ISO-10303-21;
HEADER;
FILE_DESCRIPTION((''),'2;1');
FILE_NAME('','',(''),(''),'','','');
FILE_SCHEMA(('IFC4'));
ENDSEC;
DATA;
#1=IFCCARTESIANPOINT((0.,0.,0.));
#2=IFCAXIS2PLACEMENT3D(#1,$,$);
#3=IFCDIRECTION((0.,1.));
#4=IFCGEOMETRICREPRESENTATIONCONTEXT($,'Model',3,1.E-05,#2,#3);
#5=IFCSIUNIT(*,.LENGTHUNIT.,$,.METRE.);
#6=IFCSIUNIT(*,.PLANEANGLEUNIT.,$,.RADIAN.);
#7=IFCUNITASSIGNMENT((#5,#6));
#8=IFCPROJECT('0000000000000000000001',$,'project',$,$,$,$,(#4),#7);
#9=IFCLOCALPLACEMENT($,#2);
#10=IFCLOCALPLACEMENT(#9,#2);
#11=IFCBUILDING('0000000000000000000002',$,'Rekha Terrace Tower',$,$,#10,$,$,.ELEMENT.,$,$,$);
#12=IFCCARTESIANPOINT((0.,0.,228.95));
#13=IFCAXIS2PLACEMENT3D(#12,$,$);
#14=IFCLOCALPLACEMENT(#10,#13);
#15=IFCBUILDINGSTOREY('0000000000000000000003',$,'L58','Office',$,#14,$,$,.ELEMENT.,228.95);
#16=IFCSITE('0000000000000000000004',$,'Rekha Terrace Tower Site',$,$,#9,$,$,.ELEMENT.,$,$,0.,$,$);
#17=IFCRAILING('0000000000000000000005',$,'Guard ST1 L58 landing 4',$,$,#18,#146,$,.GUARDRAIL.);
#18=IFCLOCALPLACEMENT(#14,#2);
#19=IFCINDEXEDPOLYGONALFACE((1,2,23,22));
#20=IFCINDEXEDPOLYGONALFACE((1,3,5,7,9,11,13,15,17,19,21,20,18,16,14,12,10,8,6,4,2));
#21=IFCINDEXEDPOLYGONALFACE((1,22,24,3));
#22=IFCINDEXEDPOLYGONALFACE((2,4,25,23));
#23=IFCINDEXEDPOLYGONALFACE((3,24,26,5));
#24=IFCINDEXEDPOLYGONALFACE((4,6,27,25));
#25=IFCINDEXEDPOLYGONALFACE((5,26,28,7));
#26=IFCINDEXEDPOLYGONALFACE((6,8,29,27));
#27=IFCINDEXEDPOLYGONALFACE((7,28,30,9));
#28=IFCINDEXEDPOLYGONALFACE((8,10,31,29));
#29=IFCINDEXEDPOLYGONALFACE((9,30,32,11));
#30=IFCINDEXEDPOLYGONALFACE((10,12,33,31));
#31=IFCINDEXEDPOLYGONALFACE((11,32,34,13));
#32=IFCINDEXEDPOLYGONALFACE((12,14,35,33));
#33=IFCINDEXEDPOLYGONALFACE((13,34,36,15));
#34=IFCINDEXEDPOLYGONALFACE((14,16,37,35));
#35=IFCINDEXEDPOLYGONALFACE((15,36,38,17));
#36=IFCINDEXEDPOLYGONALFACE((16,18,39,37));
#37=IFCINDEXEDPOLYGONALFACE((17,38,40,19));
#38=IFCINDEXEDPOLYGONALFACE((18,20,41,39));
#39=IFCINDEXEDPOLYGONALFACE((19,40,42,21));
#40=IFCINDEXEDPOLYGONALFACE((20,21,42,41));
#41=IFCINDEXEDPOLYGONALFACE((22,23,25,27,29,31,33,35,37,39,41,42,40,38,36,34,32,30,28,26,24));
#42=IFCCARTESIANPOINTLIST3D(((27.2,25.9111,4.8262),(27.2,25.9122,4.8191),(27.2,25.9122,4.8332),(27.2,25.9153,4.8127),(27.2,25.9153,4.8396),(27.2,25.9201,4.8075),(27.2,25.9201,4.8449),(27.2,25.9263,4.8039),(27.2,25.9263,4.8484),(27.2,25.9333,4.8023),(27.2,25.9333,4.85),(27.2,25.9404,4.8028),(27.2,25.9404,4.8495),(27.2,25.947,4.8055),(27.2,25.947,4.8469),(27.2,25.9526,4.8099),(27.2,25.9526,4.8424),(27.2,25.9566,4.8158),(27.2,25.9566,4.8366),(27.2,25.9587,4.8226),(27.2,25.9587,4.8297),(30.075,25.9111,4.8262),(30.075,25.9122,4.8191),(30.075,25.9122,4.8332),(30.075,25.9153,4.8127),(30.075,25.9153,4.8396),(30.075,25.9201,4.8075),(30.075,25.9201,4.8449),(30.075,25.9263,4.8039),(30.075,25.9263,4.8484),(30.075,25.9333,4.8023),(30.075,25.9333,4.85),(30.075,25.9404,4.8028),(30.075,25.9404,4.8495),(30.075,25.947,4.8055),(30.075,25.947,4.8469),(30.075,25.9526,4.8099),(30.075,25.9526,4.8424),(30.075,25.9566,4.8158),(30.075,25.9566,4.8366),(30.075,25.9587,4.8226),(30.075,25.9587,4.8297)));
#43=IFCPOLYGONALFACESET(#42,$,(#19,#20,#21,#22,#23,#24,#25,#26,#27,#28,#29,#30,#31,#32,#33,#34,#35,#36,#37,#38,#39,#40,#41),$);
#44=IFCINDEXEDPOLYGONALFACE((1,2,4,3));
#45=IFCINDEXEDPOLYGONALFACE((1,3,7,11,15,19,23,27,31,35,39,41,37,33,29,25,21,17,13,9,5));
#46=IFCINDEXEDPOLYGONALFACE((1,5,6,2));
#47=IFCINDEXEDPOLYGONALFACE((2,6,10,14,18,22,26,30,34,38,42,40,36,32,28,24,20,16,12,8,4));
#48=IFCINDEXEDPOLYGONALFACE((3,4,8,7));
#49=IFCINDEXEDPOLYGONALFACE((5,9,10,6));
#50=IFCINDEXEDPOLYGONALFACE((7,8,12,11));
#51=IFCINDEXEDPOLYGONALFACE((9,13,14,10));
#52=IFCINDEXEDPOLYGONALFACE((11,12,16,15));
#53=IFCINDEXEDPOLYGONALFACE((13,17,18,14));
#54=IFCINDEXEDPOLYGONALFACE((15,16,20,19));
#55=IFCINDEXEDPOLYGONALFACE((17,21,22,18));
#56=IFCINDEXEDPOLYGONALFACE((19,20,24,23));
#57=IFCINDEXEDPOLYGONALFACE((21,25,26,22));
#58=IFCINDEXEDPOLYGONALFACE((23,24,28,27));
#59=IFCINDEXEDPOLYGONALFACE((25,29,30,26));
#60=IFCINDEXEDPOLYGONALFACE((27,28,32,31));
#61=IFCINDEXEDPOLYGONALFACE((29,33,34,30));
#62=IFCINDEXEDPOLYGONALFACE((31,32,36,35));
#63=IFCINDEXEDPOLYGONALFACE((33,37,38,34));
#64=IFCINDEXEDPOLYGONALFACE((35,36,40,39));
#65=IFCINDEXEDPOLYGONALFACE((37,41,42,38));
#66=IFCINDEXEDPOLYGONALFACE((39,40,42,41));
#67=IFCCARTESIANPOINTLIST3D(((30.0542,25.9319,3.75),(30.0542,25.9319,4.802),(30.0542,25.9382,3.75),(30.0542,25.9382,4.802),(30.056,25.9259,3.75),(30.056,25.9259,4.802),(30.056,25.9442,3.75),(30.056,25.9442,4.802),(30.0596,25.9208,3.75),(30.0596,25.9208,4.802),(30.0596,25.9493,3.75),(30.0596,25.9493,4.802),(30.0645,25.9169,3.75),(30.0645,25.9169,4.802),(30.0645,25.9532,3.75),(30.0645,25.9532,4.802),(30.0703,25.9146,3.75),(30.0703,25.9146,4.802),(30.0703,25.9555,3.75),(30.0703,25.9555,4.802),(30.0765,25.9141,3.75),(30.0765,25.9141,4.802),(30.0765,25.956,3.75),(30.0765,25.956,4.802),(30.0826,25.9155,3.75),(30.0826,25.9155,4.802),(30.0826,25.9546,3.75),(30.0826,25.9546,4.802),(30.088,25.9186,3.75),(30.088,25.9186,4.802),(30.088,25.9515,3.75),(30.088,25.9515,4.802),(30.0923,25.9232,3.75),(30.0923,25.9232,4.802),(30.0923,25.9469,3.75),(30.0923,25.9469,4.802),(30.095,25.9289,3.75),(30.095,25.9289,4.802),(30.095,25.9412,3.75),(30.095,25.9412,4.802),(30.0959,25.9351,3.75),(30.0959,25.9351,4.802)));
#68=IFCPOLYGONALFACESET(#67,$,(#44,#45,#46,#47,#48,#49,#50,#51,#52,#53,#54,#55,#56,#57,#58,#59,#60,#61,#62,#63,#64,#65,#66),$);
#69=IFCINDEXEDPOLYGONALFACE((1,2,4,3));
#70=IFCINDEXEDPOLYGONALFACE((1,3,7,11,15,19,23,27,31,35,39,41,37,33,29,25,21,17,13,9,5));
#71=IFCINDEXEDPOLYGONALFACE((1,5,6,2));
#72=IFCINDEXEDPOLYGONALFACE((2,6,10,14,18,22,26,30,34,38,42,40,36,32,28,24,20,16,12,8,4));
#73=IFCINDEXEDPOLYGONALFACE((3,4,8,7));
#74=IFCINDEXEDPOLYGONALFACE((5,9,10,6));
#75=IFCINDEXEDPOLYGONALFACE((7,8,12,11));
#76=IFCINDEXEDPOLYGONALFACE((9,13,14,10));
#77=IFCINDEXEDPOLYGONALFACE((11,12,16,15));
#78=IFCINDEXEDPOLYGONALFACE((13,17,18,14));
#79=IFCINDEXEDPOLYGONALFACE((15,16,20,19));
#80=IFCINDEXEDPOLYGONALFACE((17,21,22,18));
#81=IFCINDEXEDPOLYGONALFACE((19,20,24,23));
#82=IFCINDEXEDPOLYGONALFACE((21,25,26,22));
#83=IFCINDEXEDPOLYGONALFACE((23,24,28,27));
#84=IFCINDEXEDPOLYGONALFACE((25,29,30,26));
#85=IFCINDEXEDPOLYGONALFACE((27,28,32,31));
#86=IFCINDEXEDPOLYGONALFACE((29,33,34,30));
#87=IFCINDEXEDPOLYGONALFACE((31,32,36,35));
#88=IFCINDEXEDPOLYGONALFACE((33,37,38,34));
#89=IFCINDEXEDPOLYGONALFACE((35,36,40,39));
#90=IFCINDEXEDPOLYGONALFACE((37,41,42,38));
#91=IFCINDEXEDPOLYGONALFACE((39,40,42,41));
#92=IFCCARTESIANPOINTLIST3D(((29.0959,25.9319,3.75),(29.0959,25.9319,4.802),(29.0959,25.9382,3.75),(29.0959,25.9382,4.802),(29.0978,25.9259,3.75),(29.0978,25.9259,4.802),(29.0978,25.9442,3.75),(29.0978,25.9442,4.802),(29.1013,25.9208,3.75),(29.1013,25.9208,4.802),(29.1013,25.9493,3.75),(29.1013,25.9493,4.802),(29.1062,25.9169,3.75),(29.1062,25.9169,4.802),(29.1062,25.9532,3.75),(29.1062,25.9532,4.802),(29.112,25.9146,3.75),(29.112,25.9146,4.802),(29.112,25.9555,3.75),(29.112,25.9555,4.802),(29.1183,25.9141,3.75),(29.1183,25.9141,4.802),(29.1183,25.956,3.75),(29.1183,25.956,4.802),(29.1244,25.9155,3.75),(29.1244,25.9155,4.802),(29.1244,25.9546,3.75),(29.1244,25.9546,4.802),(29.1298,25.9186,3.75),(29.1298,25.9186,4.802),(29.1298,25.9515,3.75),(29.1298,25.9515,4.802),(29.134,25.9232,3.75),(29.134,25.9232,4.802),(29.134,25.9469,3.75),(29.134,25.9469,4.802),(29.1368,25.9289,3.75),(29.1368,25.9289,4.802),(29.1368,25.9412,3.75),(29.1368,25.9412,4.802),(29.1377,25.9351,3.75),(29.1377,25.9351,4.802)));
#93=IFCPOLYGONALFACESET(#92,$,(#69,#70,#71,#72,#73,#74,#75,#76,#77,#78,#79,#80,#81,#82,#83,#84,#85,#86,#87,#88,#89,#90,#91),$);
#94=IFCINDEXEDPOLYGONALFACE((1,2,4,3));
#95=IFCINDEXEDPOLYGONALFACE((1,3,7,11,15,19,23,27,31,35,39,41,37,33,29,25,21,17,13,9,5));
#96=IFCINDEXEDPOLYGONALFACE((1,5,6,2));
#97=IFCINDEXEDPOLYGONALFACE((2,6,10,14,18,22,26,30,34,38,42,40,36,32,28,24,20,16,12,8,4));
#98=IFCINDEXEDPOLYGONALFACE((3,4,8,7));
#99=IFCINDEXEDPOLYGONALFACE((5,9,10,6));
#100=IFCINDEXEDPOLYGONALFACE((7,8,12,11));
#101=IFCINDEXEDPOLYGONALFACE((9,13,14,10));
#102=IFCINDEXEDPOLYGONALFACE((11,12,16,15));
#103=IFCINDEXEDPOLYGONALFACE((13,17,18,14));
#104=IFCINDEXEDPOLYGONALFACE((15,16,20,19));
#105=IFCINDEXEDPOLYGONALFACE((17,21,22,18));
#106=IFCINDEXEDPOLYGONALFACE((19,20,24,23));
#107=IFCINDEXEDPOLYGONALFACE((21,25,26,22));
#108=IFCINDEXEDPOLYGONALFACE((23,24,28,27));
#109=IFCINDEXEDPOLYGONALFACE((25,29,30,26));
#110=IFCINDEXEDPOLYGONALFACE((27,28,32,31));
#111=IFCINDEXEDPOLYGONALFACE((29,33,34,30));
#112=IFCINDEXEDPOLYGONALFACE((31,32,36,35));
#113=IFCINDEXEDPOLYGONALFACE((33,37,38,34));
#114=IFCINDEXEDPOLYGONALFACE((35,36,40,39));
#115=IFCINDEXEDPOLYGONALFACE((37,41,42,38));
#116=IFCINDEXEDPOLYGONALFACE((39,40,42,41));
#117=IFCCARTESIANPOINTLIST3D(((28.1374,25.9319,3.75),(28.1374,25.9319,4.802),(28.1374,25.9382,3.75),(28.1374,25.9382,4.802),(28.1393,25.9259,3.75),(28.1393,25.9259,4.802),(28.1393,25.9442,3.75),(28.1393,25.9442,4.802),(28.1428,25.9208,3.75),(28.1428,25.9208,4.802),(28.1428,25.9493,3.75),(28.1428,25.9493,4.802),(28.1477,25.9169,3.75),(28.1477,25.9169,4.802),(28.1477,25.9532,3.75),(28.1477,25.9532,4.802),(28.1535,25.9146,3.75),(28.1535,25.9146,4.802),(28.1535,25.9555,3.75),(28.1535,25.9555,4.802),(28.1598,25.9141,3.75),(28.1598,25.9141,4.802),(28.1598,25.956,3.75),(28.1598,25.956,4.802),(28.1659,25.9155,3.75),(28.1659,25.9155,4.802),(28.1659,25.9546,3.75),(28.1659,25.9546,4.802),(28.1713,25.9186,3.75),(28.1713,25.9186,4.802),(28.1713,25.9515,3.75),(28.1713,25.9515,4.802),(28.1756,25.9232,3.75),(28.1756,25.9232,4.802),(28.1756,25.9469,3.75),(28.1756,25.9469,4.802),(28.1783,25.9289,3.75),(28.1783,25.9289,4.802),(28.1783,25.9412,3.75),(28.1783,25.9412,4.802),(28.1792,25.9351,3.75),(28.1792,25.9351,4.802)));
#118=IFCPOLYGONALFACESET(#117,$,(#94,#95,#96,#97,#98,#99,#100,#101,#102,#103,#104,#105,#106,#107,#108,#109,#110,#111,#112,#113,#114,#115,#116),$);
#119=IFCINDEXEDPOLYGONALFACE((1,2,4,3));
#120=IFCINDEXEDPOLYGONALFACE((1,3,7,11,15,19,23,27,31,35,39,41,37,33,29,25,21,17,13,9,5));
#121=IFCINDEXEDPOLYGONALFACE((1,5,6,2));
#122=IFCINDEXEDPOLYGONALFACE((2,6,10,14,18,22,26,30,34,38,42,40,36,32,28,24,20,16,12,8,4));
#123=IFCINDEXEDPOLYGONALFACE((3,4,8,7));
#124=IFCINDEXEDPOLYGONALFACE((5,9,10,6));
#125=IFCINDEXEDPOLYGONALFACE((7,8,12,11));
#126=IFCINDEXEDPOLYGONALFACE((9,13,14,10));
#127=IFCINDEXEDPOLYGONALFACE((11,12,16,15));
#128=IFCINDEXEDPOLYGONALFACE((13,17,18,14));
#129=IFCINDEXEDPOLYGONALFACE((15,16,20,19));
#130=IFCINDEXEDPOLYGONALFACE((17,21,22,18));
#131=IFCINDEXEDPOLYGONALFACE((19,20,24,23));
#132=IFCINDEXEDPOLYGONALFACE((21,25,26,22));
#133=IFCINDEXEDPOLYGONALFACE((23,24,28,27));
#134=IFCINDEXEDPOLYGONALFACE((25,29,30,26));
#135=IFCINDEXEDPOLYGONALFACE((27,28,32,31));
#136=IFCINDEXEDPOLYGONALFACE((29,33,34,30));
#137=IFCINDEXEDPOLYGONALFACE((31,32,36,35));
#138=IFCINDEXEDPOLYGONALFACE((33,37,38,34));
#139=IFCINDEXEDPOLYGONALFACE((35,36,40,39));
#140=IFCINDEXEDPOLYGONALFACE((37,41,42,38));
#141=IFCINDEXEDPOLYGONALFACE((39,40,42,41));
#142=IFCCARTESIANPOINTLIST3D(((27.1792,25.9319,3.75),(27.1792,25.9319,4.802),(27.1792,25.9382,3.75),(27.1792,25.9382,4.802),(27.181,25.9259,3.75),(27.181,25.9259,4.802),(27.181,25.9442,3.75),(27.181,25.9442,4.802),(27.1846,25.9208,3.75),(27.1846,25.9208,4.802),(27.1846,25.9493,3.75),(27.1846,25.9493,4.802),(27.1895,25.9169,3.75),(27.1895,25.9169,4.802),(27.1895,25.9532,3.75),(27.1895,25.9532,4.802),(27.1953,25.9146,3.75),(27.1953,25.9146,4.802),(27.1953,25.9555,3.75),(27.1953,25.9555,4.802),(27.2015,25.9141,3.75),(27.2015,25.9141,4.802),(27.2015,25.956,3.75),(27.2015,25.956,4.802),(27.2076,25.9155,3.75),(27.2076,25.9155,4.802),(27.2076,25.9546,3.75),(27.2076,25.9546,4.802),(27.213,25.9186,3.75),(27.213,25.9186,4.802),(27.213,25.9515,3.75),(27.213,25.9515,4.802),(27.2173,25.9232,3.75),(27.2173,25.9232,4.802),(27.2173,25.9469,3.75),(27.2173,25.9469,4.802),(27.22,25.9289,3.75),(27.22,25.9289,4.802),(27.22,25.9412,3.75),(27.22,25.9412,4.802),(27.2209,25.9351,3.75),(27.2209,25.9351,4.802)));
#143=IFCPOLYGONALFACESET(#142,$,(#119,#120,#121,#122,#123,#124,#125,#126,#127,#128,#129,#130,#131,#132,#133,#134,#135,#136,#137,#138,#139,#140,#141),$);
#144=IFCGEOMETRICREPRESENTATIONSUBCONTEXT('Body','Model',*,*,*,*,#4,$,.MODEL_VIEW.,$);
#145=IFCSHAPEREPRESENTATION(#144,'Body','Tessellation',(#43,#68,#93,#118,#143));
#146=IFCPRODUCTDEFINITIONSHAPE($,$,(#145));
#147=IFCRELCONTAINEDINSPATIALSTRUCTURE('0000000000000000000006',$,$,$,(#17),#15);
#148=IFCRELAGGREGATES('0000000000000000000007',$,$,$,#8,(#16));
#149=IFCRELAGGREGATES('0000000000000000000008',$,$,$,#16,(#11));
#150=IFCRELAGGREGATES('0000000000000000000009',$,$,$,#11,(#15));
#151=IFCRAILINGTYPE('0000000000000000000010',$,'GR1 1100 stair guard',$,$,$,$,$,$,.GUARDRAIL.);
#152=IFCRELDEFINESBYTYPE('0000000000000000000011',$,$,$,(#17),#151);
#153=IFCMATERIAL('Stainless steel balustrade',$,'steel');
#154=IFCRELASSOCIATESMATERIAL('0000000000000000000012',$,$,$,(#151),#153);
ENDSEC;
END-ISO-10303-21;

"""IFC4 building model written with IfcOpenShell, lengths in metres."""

from ifc_helpers import new_model, si_unit, direction, frame, origin, origin_2d, place, context, subcontext, project, spatial, circle, extrude, material, type_object, element, save


model = new_model("IFC4")

# Units and contexts
model_context = context("Model", 3, precision=1e-05, world=origin(), true_north=direction((0.0, 1.0)))
body_context = subcontext(model_context, "Body", "Model", "MODEL_VIEW")
ifc_project = project(units=[si_unit("LENGTHUNIT", "METRE"), si_unit("PLANEANGLEUNIT", "RADIAN")], contexts=[model_context])

# Site, building, storey
site_placement = place(None, origin())
site = spatial("IfcSite", under=ifc_project, at=site_placement, Name="Rekha Terrace Tower Site", CompositionType="ELEMENT", RefElevation=0.0)
building_placement = place(site_placement, origin())
building = spatial("IfcBuilding", under=site, at=building_placement, Name="Rekha Terrace Tower", CompositionType="ELEMENT")
storey_placement = place(building_placement, frame((0.0, 0.0, 228.95)))
storey = spatial("IfcBuildingStorey", under=building, at=storey_placement, Name="L58", Description="Office", CompositionType="ELEMENT", Elevation=228.95)

# Railing
ifc_material_1 = material(Name="Stainless steel balustrade", Category="steel")
railing_type_1 = type_object("IfcRailingType", Name="GR1 1100 stair guard", PredefinedType="GUARDRAIL", material=ifc_material_1)
railing_1_placement = place(storey_placement, frame((30.075, 25.9351, 3.75)))
element("IfcRailing", 1, at=railing_1_placement, inside=storey, type_object=railing_type_1, Name="Guard ST1 L58 landing 4", PredefinedType="GUARDRAIL", context=body_context, shape_type="SweptSolid", body=[
    extrude(circle(Radius=0.0239, at=origin_2d()), frame((0.0, 0.0, 1.0762), z_axis=(-1.0, 0.0, 0.0), x_axis=(0.0, -1.0, 0.0)), (0.0, 0.0, 1.0), 2.875),
    extrude(circle(Radius=0.021, at=origin_2d()), origin(), (0.0, 0.0, 1.0), 1.052),
    extrude(circle(Radius=0.021, at=origin_2d()), frame((-0.9583, 0.0, 0.0)), (0.0, 0.0, 1.0), 1.052),
    extrude(circle(Radius=0.021, at=origin_2d()), frame((-1.9167, 0.0, 0.0)), (0.0, 0.0, 1.0), 1.052),
    extrude(circle(Radius=0.021, at=origin_2d()), frame((-2.875, 0.0, 0.0)), (0.0, 0.0, 1.0), 1.052),
])

save(model, "model.ifc")
